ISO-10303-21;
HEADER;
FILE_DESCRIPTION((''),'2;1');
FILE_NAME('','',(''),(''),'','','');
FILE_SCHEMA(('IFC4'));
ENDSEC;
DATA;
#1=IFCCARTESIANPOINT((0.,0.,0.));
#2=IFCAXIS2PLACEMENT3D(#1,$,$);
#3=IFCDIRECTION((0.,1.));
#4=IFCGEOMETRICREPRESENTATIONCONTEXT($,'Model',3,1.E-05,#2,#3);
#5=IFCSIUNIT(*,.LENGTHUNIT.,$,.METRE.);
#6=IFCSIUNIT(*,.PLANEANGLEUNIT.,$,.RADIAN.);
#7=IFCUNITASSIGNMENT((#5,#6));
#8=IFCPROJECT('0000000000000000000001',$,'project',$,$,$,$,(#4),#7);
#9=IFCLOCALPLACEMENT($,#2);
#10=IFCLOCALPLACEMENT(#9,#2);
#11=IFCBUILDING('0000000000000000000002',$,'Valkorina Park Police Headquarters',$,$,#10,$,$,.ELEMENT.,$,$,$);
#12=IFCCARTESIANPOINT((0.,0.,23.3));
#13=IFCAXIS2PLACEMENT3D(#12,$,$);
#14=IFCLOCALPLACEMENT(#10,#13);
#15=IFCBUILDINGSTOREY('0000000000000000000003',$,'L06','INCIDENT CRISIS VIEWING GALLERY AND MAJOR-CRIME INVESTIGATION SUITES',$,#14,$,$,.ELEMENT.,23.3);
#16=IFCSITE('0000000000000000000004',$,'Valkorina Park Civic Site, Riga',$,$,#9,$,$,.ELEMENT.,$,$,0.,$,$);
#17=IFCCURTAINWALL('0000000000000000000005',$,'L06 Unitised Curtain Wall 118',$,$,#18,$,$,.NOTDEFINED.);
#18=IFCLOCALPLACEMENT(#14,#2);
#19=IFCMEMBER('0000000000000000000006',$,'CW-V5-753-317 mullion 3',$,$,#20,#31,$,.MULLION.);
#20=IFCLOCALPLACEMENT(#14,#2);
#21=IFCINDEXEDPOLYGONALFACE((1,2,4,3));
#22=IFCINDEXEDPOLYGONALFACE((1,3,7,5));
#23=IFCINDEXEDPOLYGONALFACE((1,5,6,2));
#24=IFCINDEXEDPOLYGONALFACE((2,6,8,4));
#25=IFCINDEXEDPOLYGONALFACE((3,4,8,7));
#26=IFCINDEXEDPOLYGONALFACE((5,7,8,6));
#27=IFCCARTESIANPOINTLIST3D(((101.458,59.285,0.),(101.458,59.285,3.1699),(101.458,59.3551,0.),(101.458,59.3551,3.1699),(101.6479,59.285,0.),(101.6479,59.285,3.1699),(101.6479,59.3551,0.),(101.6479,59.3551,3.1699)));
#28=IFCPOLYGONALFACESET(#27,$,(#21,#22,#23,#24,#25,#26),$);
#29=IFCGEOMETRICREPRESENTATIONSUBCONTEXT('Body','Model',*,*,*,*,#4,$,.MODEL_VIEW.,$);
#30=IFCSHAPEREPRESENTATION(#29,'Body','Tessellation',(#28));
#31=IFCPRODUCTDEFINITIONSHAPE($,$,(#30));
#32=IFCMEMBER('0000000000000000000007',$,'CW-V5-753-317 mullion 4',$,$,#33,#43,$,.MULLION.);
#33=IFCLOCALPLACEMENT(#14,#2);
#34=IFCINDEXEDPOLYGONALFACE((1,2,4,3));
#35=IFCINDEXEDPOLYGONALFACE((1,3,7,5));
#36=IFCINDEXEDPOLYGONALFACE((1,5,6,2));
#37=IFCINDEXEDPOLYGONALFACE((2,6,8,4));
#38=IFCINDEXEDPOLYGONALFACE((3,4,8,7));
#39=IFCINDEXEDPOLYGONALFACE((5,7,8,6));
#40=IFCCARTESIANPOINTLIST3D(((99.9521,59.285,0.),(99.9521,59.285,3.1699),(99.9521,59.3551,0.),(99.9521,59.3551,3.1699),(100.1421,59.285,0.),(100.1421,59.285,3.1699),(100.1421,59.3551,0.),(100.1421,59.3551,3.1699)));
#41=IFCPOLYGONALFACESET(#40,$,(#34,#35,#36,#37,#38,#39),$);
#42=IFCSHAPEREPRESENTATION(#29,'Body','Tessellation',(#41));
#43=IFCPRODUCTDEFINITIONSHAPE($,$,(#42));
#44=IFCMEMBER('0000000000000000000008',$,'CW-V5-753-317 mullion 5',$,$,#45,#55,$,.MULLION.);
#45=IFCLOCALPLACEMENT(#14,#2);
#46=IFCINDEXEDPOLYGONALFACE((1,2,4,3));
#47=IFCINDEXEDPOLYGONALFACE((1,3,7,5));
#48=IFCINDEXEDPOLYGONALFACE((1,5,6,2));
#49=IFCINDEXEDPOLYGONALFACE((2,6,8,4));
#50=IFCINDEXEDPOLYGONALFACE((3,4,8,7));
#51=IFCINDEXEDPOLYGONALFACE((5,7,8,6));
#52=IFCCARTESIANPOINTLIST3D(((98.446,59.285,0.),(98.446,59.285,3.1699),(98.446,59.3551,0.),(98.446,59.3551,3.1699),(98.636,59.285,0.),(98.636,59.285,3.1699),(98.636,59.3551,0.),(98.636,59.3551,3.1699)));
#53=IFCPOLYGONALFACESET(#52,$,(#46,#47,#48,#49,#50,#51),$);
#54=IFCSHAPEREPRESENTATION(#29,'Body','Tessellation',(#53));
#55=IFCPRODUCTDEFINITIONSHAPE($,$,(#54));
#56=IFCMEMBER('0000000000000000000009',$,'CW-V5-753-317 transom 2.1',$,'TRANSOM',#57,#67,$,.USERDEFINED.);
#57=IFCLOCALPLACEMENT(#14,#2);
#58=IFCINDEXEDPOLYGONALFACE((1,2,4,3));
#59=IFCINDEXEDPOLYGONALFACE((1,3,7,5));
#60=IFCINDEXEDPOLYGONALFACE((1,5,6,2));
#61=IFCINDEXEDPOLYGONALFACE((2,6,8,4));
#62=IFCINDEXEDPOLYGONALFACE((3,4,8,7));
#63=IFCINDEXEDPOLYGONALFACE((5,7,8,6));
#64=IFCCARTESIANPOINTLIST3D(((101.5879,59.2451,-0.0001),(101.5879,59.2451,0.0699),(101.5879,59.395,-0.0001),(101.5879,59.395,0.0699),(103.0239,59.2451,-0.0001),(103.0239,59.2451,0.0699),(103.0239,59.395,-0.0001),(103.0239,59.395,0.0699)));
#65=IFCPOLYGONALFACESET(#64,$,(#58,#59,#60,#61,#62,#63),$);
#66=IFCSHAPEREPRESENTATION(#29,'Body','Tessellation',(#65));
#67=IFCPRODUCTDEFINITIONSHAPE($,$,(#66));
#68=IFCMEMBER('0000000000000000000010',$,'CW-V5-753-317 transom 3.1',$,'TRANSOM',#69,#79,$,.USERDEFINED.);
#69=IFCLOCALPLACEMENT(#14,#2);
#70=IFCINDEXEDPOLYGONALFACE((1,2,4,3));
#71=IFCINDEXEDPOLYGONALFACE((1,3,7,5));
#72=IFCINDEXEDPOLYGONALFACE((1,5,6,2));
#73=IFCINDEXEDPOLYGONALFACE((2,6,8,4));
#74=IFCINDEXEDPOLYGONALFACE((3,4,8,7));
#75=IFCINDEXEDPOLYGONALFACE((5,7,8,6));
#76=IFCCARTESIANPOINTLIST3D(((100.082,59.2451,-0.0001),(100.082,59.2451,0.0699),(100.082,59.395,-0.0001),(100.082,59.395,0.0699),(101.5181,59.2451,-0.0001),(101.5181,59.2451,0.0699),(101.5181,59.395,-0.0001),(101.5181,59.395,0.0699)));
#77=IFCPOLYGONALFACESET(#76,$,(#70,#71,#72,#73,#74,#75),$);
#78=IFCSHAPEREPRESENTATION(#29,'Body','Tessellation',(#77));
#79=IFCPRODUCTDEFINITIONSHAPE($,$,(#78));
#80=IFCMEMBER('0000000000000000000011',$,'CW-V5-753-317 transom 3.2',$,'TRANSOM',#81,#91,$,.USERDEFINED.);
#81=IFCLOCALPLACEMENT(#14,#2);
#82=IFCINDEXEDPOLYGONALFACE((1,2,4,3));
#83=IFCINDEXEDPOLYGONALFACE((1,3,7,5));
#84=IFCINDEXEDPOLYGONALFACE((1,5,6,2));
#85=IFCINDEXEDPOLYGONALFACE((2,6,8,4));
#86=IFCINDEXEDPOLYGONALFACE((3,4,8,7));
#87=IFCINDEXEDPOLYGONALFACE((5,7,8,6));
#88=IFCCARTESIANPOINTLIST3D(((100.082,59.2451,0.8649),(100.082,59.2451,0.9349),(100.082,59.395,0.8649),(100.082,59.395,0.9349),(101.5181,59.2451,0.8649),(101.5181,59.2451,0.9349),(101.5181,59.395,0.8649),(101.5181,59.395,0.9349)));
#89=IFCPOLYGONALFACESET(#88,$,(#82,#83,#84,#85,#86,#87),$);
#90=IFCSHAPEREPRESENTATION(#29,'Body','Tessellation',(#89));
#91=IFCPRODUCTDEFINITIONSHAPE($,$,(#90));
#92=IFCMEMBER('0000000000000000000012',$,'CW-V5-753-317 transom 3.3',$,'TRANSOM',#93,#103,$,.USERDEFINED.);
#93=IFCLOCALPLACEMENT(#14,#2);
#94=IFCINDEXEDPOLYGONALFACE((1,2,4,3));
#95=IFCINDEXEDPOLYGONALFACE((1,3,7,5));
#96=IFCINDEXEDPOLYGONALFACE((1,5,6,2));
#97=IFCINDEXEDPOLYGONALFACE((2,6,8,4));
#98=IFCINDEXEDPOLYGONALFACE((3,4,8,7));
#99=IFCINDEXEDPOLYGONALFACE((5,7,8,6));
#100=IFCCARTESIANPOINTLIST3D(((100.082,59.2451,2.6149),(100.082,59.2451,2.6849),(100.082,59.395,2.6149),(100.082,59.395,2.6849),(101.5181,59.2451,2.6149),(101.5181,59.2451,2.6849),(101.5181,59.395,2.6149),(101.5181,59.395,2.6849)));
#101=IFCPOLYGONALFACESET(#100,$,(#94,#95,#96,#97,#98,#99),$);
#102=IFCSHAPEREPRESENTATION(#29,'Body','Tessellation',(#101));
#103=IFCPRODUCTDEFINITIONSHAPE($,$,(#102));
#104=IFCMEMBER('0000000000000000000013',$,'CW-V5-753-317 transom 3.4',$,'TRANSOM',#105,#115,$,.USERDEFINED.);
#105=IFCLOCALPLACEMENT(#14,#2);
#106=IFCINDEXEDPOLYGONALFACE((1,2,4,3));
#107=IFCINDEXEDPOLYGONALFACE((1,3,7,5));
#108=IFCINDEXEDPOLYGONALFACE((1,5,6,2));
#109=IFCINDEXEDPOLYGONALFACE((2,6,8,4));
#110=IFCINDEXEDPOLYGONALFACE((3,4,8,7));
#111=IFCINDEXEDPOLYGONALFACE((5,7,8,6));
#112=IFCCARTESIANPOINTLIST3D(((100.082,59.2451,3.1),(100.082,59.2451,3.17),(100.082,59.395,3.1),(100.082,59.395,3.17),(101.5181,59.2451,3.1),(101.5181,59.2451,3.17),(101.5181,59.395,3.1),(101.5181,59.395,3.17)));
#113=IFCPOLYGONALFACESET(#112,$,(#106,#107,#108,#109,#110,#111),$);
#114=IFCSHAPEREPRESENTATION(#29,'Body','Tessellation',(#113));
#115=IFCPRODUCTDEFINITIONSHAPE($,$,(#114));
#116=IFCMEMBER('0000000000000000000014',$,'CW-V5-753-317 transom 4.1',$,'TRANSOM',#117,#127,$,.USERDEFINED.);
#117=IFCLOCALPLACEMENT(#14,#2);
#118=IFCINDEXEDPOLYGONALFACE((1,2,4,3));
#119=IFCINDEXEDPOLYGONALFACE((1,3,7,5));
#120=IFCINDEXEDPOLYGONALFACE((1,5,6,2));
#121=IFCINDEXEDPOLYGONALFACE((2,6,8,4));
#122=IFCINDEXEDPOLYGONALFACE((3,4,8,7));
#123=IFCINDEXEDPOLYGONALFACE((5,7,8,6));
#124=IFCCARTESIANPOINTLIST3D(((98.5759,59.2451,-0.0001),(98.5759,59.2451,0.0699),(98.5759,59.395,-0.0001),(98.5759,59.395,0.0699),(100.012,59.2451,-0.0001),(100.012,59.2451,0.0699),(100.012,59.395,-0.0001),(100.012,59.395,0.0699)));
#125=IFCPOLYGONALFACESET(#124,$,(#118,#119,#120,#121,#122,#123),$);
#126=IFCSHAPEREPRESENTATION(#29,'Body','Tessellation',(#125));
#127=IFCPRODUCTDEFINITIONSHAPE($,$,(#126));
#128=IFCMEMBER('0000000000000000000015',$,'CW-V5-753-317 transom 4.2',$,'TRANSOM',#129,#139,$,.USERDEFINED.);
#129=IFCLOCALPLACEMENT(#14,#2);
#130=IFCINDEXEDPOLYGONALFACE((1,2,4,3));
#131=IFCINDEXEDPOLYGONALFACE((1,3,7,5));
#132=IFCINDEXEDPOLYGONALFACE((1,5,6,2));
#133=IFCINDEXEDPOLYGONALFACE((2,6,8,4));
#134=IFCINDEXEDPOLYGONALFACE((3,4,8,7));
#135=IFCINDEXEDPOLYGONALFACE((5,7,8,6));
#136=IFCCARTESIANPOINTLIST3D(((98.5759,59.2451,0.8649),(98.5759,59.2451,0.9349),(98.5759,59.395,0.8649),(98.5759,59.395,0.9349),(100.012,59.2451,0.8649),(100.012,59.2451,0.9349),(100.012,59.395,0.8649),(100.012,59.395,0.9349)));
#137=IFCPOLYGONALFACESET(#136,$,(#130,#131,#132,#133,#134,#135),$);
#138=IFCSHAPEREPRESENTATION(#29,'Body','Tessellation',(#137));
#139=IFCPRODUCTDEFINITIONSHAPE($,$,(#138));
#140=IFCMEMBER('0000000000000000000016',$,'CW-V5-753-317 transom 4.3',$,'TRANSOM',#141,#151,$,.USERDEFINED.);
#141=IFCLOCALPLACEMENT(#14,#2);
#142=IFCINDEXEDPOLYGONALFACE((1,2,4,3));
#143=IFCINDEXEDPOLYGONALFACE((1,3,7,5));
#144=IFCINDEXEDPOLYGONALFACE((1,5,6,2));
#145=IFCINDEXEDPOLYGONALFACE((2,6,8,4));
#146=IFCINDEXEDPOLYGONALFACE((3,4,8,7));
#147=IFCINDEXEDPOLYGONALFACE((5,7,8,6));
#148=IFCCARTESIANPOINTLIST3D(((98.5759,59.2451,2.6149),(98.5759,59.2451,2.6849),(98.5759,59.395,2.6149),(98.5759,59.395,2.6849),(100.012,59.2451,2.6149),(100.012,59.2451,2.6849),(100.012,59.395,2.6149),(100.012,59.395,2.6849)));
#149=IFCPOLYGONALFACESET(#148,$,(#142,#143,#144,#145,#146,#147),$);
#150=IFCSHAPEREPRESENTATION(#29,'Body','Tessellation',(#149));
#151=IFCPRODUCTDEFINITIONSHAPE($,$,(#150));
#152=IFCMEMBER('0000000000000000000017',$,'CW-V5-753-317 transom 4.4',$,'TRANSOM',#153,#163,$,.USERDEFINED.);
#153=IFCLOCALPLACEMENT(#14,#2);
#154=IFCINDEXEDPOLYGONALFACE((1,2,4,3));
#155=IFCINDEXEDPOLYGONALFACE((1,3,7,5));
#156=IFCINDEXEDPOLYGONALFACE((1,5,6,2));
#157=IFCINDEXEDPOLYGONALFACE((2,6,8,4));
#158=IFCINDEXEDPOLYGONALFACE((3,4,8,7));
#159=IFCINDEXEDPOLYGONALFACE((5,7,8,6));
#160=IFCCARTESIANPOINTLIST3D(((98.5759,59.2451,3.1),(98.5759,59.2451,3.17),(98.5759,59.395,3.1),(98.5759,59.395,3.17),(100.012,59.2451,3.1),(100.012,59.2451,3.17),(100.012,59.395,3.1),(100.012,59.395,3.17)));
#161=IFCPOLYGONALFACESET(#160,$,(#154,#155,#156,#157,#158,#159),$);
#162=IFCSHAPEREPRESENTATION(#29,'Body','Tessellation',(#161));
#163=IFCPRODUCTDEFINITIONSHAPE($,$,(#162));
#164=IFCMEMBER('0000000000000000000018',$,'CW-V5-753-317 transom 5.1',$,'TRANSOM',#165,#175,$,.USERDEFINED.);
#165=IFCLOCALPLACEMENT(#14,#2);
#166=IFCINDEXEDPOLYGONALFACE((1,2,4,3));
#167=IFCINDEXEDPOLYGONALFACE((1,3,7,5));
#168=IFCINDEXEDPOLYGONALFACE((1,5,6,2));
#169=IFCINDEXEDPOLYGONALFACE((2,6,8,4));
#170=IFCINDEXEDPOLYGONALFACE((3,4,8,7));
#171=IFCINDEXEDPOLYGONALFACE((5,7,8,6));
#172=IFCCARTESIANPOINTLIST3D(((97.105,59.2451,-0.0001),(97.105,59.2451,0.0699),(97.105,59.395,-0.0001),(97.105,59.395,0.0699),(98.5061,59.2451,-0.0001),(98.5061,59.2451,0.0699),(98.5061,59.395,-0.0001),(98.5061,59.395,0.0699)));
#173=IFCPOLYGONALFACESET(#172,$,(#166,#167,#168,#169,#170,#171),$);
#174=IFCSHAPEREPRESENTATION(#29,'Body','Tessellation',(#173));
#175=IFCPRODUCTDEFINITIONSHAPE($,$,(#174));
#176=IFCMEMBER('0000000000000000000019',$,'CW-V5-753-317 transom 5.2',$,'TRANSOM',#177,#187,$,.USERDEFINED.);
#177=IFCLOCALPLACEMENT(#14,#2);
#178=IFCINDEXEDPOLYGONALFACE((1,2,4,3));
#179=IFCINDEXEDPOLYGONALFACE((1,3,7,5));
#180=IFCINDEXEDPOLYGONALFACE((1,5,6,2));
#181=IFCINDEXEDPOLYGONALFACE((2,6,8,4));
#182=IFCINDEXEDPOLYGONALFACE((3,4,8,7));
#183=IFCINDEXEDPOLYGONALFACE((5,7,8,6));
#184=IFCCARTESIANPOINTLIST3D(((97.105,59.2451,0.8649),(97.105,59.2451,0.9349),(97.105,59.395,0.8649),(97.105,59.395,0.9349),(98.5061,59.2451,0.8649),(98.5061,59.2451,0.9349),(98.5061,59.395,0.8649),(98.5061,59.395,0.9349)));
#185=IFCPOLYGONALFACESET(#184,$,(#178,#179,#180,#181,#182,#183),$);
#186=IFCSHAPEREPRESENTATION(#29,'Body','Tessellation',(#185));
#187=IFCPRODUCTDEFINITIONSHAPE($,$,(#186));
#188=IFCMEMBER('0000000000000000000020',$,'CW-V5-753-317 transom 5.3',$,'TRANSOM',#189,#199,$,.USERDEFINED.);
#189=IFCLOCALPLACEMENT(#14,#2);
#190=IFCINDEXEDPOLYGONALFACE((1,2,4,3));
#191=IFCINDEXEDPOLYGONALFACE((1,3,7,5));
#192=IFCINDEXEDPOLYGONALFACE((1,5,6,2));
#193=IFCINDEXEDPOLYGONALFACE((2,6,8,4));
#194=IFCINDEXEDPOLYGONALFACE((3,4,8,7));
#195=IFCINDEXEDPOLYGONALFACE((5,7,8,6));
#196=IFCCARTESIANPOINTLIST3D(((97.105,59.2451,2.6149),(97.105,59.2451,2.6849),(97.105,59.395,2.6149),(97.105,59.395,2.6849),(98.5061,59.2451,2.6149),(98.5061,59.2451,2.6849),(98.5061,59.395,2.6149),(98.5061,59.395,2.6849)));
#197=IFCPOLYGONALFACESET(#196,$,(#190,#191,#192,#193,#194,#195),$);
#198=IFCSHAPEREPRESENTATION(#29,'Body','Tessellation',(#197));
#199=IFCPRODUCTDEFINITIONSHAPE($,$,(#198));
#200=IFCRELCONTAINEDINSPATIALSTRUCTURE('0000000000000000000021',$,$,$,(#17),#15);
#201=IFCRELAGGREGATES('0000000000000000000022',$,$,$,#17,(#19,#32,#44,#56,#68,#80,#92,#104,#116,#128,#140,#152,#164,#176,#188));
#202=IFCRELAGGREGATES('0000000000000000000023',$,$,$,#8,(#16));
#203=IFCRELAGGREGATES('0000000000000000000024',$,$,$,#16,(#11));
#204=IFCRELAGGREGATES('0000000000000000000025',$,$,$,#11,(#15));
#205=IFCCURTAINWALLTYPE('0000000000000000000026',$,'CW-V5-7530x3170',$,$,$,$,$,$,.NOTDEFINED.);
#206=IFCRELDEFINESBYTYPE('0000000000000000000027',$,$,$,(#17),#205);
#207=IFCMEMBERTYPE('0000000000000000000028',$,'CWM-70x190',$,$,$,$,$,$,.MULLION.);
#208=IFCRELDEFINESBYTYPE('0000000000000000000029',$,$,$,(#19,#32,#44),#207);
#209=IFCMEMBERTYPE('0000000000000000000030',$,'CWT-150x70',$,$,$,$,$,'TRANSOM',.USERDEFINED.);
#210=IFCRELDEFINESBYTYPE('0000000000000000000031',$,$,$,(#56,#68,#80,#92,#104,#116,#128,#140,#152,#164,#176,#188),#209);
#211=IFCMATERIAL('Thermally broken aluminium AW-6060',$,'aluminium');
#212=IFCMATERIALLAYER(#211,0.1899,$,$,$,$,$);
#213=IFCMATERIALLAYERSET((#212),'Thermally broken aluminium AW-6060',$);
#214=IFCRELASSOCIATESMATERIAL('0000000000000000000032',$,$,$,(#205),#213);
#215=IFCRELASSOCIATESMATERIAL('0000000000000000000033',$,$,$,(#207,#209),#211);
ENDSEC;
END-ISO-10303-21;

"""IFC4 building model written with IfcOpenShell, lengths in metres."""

from ifc_helpers import new_model, si_unit, direction, frame, origin, origin_2d, place, context, subcontext, project, spatial, rectangle, extrude, material, layer, layer_set, material_profile, profile_set, type_object, element, aggregate, save


model = new_model("IFC4")

# Units and contexts
model_context = context("Model", 3, precision=1e-05, world=origin(), true_north=direction((0.0, 1.0)))
body_context = subcontext(model_context, "Body", "Model", "MODEL_VIEW")
ifc_project = project(units=[si_unit("LENGTHUNIT", "METRE"), si_unit("PLANEANGLEUNIT", "RADIAN")], contexts=[model_context])

# Site, building, storey
site_placement = place(None, origin())
site = spatial("IfcSite", under=ifc_project, at=site_placement, Name="Valkorina Park Civic Site, Riga", CompositionType="ELEMENT", RefElevation=0.0)
building_placement = place(site_placement, origin())
building = spatial("IfcBuilding", under=site, at=building_placement, Name="Valkorina Park Police Headquarters", CompositionType="ELEMENT")
storey_placement = place(building_placement, frame((0.0, 0.0, 23.3)))
storey = spatial("IfcBuildingStorey", under=building, at=storey_placement, Name="L06", Description="INCIDENT CRISIS VIEWING GALLERY AND MAJOR-CRIME INVESTIGATION SUITES", CompositionType="ELEMENT", Elevation=23.3)

# Curtain wall, members
ifc_material_1 = material(Name="Thermally broken aluminium AW-6060", Category="aluminium")
ifc_layer_1 = layer(ifc_material_1, 0.1899)
ifc_layer_set_1 = layer_set([ifc_layer_1], Name="Thermally broken aluminium AW-6060")
curtain_wall_type = type_object("IfcCurtainWallType", Name="CW-V5-7530x3170", PredefinedType="NOTDEFINED", material=ifc_layer_set_1)
curtain_wall_placement = place(storey_placement, origin())
curtain_wall = element("IfcCurtainWall", 1, at=curtain_wall_placement, inside=storey, type_object=curtain_wall_type, Name="L06 Unitised Curtain Wall 118", PredefinedType="NOTDEFINED")
ifc_material_profile_1 = material_profile(ifc_material_1, rectangle(XDim=0.0701, YDim=0.1899, at=origin_2d()), Name="CWM-02 70x190")
ifc_profile_set_1 = profile_set([ifc_material_profile_1], Name="Thermally broken aluminium AW-6060")
member_type_1 = type_object("IfcMemberType", Name="CWM-70x190", PredefinedType="MULLION", material=ifc_profile_set_1)
member_1_placement = place(storey_placement, frame((101.553, 59.3201, 0.0), z_axis=(0.0, 0.0, 1.0), x_axis=(0.0, -1.0, 0.0)))
member_1 = element("IfcMember", 2, at=member_1_placement, type_object=member_type_1, Name="CW-V5-753-317 mullion 3", PredefinedType="MULLION", context=body_context, shape_type="SweptSolid", body=[
    extrude(rectangle(XDim=0.0701, YDim=0.1899, at=origin_2d()), origin(), (0.0, 0.0, 1.0), 3.1699),
])
member_2_placement = place(storey_placement, frame((100.0471, 59.3201, 0.0), z_axis=(0.0, 0.0, 1.0), x_axis=(0.0, -1.0, 0.0)))
member_2 = element("IfcMember", 3, at=member_2_placement, type_object=member_type_1, Name="CW-V5-753-317 mullion 4", PredefinedType="MULLION", context=body_context, shape_type="SweptSolid", body=[
    extrude(rectangle(XDim=0.0701, YDim=0.1899, at=origin_2d()), origin(), (0.0, 0.0, 1.0), 3.1699),
])
member_3_placement = place(storey_placement, frame((98.541, 59.3201, 0.0), z_axis=(0.0, 0.0, 1.0), x_axis=(0.0, -1.0, 0.0)))
member_3 = element("IfcMember", 4, at=member_3_placement, type_object=member_type_1, Name="CW-V5-753-317 mullion 5", PredefinedType="MULLION", context=body_context, shape_type="SweptSolid", body=[
    extrude(rectangle(XDim=0.0701, YDim=0.1899, at=origin_2d()), origin(), (0.0, 0.0, 1.0), 3.1699),
])
ifc_material_profile_2 = material_profile(ifc_material_1, rectangle(XDim=0.1499, YDim=0.0701, at=origin_2d()), Name="CWT-02 150x70")
ifc_profile_set_2 = profile_set([ifc_material_profile_2], Name="Thermally broken aluminium AW-6060")
member_type_2 = type_object("IfcMemberType", Name="CWT-150x70", ElementType="TRANSOM", PredefinedType="USERDEFINED", material=ifc_profile_set_2)
member_4_placement = place(storey_placement, frame((103.0239, 59.3201, 0.0349), z_axis=(-1.0, 0.0, 0.0), x_axis=(0.0, -1.0, 0.0)))
member_4 = element("IfcMember", 5, at=member_4_placement, type_object=member_type_2, Name="CW-V5-753-317 transom 2.1", ObjectType="TRANSOM", PredefinedType="USERDEFINED", context=body_context, shape_type="SweptSolid", body=[
    extrude(rectangle(XDim=0.1499, YDim=0.0701, at=origin_2d()), origin(), (0.0, 0.0, 1.0), 1.436),
])
member_5_placement = place(storey_placement, frame((101.5181, 59.3201, 0.0349), z_axis=(-1.0, 0.0, 0.0), x_axis=(0.0, -1.0, 0.0)))
member_5 = element("IfcMember", 6, at=member_5_placement, type_object=member_type_2, Name="CW-V5-753-317 transom 3.1", ObjectType="TRANSOM", PredefinedType="USERDEFINED", context=body_context, shape_type="SweptSolid", body=[
    extrude(rectangle(XDim=0.1499, YDim=0.0701, at=origin_2d()), origin(), (0.0, 0.0, 1.0), 1.436),
])
member_6_placement = place(storey_placement, frame((101.5181, 59.3201, 0.8999), z_axis=(-1.0, 0.0, 0.0), x_axis=(0.0, -1.0, 0.0)))
member_6 = element("IfcMember", 7, at=member_6_placement, type_object=member_type_2, Name="CW-V5-753-317 transom 3.2", ObjectType="TRANSOM", PredefinedType="USERDEFINED", context=body_context, shape_type="SweptSolid", body=[
    extrude(rectangle(XDim=0.1499, YDim=0.0701, at=origin_2d()), origin(), (0.0, 0.0, 1.0), 1.436),
])
member_7_placement = place(storey_placement, frame((101.5181, 59.3201, 2.6499), z_axis=(-1.0, 0.0, 0.0), x_axis=(0.0, -1.0, 0.0)))
member_7 = element("IfcMember", 8, at=member_7_placement, type_object=member_type_2, Name="CW-V5-753-317 transom 3.3", ObjectType="TRANSOM", PredefinedType="USERDEFINED", context=body_context, shape_type="SweptSolid", body=[
    extrude(rectangle(XDim=0.1499, YDim=0.0701, at=origin_2d()), origin(), (0.0, 0.0, 1.0), 1.436),
])
member_8_placement = place(storey_placement, frame((101.5181, 59.3201, 3.135), z_axis=(-1.0, 0.0, 0.0), x_axis=(0.0, -1.0, 0.0)))
member_8 = element("IfcMember", 9, at=member_8_placement, type_object=member_type_2, Name="CW-V5-753-317 transom 3.4", ObjectType="TRANSOM", PredefinedType="USERDEFINED", context=body_context, shape_type="SweptSolid", body=[
    extrude(rectangle(XDim=0.1499, YDim=0.0701, at=origin_2d()), origin(), (0.0, 0.0, 1.0), 1.436),
])
member_9_placement = place(storey_placement, frame((100.012, 59.3201, 0.0349), z_axis=(-1.0, 0.0, 0.0), x_axis=(0.0, -1.0, 0.0)))
member_9 = element("IfcMember", 10, at=member_9_placement, type_object=member_type_2, Name="CW-V5-753-317 transom 4.1", ObjectType="TRANSOM", PredefinedType="USERDEFINED", context=body_context, shape_type="SweptSolid", body=[
    extrude(rectangle(XDim=0.1499, YDim=0.0701, at=origin_2d()), origin(), (0.0, 0.0, 1.0), 1.436),
])
member_10_placement = place(storey_placement, frame((100.012, 59.3201, 0.8999), z_axis=(-1.0, 0.0, 0.0), x_axis=(0.0, -1.0, 0.0)))
member_10 = element("IfcMember", 11, at=member_10_placement, type_object=member_type_2, Name="CW-V5-753-317 transom 4.2", ObjectType="TRANSOM", PredefinedType="USERDEFINED", context=body_context, shape_type="SweptSolid", body=[
    extrude(rectangle(XDim=0.1499, YDim=0.0701, at=origin_2d()), origin(), (0.0, 0.0, 1.0), 1.436),
])
member_11_placement = place(storey_placement, frame((100.012, 59.3201, 2.6499), z_axis=(-1.0, 0.0, 0.0), x_axis=(0.0, -1.0, 0.0)))
member_11 = element("IfcMember", 12, at=member_11_placement, type_object=member_type_2, Name="CW-V5-753-317 transom 4.3", ObjectType="TRANSOM", PredefinedType="USERDEFINED", context=body_context, shape_type="SweptSolid", body=[
    extrude(rectangle(XDim=0.1499, YDim=0.0701, at=origin_2d()), origin(), (0.0, 0.0, 1.0), 1.436),
])
member_12_placement = place(storey_placement, frame((100.012, 59.3201, 3.135), z_axis=(-1.0, 0.0, 0.0), x_axis=(0.0, -1.0, 0.0)))
member_12 = element("IfcMember", 13, at=member_12_placement, type_object=member_type_2, Name="CW-V5-753-317 transom 4.4", ObjectType="TRANSOM", PredefinedType="USERDEFINED", context=body_context, shape_type="SweptSolid", body=[
    extrude(rectangle(XDim=0.1499, YDim=0.0701, at=origin_2d()), origin(), (0.0, 0.0, 1.0), 1.436),
])
member_13_placement = place(storey_placement, frame((98.5061, 59.3201, 0.0349), z_axis=(-1.0, 0.0, 0.0), x_axis=(0.0, -1.0, 0.0)))
member_13 = element("IfcMember", 14, at=member_13_placement, type_object=member_type_2, Name="CW-V5-753-317 transom 5.1", ObjectType="TRANSOM", PredefinedType="USERDEFINED", context=body_context, shape_type="SweptSolid", body=[
    extrude(rectangle(XDim=0.1499, YDim=0.0701, at=origin_2d()), origin(), (0.0, 0.0, 1.0), 1.4011),
])
member_14_placement = place(storey_placement, frame((98.5061, 59.3201, 0.8999), z_axis=(-1.0, 0.0, 0.0), x_axis=(0.0, -1.0, 0.0)))
member_14 = element("IfcMember", 15, at=member_14_placement, type_object=member_type_2, Name="CW-V5-753-317 transom 5.2", ObjectType="TRANSOM", PredefinedType="USERDEFINED", context=body_context, shape_type="SweptSolid", body=[
    extrude(rectangle(XDim=0.1499, YDim=0.0701, at=origin_2d()), origin(), (0.0, 0.0, 1.0), 1.4011),
])
member_15_placement = place(storey_placement, frame((98.5061, 59.3201, 2.6499), z_axis=(-1.0, 0.0, 0.0), x_axis=(0.0, -1.0, 0.0)))
member_15 = element("IfcMember", 16, at=member_15_placement, type_object=member_type_2, Name="CW-V5-753-317 transom 5.3", ObjectType="TRANSOM", PredefinedType="USERDEFINED", context=body_context, shape_type="SweptSolid", body=[
    extrude(rectangle(XDim=0.1499, YDim=0.0701, at=origin_2d()), origin(), (0.0, 0.0, 1.0), 1.4011),
])
aggregate(curtain_wall, [member_1, member_2, member_3, member_4, member_5, member_6, member_7, member_8, member_9, member_10, member_11, member_12, member_13, member_14, member_15])

save(model, "model.ifc")
